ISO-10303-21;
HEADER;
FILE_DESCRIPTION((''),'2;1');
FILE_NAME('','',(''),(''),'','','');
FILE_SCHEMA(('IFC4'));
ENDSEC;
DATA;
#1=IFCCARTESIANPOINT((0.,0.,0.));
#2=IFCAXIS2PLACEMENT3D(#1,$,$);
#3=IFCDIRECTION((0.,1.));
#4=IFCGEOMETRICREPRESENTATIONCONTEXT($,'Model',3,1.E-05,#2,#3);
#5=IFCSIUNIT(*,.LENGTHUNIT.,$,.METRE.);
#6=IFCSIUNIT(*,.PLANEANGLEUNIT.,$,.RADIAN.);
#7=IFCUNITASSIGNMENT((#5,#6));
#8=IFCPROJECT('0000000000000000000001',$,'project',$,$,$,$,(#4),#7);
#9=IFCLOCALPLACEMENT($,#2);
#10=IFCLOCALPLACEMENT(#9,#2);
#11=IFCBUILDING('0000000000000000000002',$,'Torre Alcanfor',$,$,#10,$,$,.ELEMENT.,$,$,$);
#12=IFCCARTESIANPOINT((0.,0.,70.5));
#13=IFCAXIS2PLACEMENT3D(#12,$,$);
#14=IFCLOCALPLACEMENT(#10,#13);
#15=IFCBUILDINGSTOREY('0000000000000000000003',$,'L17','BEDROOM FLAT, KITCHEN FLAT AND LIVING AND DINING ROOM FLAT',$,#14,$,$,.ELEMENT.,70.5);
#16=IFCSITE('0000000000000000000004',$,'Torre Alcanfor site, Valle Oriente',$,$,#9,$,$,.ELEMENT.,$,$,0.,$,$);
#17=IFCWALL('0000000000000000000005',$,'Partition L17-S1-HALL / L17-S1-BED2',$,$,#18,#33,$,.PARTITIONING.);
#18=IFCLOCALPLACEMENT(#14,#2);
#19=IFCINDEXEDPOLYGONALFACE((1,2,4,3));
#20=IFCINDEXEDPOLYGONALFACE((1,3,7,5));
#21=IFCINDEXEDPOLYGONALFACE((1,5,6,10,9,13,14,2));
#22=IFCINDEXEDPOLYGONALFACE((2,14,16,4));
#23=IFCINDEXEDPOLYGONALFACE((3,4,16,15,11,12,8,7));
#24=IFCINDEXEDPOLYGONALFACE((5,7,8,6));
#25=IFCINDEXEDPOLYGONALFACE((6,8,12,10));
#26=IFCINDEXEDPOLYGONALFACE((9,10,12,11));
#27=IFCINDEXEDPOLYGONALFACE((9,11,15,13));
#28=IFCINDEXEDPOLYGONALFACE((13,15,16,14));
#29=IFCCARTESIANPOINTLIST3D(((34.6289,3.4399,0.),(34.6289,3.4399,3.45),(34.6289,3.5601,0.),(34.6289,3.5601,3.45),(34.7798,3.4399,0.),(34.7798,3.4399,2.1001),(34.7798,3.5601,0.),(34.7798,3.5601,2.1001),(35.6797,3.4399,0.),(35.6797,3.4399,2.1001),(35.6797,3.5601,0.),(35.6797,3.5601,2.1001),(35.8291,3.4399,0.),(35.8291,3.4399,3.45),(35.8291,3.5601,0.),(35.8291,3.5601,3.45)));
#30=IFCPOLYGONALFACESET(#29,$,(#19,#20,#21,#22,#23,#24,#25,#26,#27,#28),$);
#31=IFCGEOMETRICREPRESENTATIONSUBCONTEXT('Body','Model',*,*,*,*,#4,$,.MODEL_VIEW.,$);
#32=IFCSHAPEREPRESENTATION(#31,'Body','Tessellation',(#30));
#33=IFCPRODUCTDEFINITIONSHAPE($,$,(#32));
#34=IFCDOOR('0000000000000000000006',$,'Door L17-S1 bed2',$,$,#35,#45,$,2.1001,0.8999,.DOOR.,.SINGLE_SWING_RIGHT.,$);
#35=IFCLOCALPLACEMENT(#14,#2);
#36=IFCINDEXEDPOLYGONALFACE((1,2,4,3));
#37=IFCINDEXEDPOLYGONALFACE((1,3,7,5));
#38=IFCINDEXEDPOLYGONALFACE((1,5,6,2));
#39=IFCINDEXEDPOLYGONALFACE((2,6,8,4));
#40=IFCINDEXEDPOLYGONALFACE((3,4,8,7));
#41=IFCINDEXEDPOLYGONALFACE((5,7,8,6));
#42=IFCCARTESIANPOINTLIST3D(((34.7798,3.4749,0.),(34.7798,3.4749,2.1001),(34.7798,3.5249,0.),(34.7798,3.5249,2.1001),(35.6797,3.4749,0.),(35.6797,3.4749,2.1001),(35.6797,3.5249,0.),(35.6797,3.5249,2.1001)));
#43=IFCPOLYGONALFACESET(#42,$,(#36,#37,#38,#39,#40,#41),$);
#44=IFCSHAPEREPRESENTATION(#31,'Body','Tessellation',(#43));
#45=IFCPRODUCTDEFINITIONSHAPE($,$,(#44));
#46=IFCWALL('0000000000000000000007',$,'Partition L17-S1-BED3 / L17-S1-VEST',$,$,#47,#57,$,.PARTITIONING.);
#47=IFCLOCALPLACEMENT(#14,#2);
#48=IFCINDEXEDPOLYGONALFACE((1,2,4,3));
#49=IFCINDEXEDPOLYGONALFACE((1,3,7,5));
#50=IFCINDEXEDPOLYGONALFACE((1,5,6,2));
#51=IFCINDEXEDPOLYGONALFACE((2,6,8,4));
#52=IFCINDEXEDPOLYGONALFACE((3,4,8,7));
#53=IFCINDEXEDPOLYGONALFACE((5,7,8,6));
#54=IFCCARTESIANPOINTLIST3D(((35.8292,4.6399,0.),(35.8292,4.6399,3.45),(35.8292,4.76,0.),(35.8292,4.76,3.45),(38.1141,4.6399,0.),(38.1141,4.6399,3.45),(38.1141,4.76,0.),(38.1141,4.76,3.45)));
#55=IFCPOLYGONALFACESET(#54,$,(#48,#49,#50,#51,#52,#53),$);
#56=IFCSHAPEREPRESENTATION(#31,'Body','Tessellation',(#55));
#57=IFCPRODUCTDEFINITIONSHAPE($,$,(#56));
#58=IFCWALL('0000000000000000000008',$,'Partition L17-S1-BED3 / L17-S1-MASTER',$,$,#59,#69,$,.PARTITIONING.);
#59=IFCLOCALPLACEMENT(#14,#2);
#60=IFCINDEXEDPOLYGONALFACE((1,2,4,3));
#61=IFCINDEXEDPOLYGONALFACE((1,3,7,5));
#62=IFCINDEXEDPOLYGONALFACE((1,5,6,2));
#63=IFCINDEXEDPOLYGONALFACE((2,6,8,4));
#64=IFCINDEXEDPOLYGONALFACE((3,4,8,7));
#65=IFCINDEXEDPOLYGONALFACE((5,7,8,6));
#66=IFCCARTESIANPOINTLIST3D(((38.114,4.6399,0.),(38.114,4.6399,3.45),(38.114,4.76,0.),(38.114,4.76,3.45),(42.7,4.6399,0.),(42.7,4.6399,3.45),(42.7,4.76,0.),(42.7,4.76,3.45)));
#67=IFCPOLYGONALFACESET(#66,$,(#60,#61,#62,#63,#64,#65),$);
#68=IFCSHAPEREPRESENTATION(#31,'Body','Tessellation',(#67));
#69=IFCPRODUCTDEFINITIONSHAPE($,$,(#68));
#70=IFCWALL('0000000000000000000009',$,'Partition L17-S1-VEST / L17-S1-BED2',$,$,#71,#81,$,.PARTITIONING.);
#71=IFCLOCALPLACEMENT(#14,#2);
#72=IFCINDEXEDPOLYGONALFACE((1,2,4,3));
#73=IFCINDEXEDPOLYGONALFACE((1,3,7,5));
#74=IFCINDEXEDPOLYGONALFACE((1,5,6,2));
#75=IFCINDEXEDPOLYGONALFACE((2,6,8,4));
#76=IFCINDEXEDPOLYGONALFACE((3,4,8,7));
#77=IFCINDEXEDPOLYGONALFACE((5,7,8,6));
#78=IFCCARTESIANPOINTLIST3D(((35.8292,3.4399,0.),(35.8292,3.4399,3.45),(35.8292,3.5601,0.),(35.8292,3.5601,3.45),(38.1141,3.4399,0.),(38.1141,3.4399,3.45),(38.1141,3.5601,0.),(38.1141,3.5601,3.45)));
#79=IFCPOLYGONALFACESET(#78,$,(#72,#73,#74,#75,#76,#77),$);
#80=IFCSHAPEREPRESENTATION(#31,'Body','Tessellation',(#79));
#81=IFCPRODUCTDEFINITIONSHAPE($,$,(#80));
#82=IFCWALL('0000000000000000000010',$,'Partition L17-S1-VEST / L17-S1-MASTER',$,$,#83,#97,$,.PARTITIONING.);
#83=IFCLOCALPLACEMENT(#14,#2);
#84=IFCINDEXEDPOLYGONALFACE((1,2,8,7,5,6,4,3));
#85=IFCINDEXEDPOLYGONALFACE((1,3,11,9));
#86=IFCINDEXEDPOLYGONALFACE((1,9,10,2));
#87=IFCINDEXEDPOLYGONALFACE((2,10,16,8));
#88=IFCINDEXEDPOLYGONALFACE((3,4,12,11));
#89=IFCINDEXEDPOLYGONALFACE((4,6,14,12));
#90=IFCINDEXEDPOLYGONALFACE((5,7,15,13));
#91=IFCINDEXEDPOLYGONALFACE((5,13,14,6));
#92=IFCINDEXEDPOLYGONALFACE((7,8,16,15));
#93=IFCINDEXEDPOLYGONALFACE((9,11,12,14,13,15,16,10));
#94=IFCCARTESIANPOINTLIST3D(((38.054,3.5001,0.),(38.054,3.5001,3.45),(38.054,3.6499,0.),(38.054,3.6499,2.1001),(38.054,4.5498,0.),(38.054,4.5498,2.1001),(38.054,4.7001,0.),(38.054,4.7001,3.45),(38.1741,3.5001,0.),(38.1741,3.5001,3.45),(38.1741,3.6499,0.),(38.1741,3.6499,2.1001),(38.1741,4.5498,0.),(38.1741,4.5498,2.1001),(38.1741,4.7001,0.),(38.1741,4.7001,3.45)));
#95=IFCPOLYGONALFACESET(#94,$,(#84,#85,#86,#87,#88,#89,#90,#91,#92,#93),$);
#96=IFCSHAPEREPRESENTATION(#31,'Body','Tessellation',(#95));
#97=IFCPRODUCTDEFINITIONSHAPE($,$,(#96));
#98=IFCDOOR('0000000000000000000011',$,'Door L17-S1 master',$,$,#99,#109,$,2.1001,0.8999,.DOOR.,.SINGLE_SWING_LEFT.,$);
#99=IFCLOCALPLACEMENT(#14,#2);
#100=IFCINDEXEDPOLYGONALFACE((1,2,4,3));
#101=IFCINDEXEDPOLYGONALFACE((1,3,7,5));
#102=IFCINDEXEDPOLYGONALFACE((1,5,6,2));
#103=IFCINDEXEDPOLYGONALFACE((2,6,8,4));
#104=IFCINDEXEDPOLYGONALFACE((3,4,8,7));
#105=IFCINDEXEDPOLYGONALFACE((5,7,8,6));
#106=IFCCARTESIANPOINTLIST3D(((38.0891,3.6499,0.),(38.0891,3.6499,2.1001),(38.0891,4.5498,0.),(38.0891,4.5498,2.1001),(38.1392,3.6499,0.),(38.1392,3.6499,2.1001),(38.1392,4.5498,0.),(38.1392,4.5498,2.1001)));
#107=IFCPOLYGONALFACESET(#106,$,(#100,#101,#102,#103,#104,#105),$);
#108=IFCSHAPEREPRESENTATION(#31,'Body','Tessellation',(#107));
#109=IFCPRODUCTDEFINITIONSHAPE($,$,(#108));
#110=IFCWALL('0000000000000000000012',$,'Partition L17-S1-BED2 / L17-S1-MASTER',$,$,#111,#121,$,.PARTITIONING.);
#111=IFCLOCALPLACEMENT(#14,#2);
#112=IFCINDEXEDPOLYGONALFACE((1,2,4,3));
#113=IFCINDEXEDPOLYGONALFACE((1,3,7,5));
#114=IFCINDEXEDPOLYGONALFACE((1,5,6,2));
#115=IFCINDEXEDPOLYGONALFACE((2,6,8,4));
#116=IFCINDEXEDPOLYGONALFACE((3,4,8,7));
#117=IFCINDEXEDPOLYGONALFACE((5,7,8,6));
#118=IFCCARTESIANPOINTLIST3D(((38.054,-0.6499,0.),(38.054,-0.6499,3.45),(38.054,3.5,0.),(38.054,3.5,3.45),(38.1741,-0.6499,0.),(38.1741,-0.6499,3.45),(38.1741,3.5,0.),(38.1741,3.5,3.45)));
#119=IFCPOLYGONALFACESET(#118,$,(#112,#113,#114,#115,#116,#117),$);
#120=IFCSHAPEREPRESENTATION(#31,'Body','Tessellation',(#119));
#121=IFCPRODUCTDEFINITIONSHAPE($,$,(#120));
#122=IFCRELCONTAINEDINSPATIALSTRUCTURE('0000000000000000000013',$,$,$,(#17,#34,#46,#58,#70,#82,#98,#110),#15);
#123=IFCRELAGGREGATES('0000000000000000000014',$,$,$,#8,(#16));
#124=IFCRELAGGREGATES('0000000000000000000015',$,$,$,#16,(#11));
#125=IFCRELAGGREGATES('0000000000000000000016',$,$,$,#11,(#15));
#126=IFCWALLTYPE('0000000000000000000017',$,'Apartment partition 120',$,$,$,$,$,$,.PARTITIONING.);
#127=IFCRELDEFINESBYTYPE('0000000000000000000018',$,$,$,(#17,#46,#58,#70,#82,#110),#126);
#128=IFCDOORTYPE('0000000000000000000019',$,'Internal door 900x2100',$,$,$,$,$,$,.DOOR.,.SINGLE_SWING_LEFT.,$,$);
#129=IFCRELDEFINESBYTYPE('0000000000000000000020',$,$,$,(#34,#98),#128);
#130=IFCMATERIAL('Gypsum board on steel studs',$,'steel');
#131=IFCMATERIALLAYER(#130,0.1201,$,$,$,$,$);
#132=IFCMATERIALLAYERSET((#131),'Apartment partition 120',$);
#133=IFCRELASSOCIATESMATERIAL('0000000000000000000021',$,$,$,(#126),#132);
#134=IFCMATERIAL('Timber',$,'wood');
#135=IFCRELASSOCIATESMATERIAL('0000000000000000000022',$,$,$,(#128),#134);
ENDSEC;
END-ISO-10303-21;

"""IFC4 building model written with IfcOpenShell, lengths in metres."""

from ifc_helpers import new_model, si_unit, direction, frame, frame_2d, origin, place, context, subcontext, project, spatial, rectangle, extrude, material, layer, layer_set, type_object, element, fill, save


model = new_model("IFC4")

# Units and contexts
model_context = context("Model", 3, precision=1e-05, world=origin(), true_north=direction((0.0, 1.0)))
body_context = subcontext(model_context, "Body", "Model", "MODEL_VIEW")
ifc_project = project(units=[si_unit("LENGTHUNIT", "METRE"), si_unit("PLANEANGLEUNIT", "RADIAN")], contexts=[model_context])

# Site, building, storey
site_placement = place(None, origin())
site = spatial("IfcSite", under=ifc_project, at=site_placement, Name="Torre Alcanfor site, Valle Oriente", CompositionType="ELEMENT", RefElevation=0.0)
building_placement = place(site_placement, origin())
building = spatial("IfcBuilding", under=site, at=building_placement, Name="Torre Alcanfor", CompositionType="ELEMENT")
storey_placement = place(building_placement, frame((0.0, 0.0, 70.5)))
storey = spatial("IfcBuildingStorey", under=building, at=storey_placement, Name="L17", Description="BEDROOM FLAT, KITCHEN FLAT AND LIVING AND DINING ROOM FLAT", CompositionType="ELEMENT", Elevation=70.5)

# Shared definitions
ifc_material_1 = material(Name="Gypsum board on steel studs", Category="steel")
ifc_layer_1 = layer(ifc_material_1, 0.1201)
ifc_layer_set_1 = layer_set([ifc_layer_1], Name="Apartment partition 120")
wall_type_1 = type_object("IfcWallType", Name="Apartment partition 120", PredefinedType="PARTITIONING", material=ifc_layer_set_1)

# Wall, opening, door
ifc_material_2 = material(Name="Timber", Category="wood")
door_type = type_object("IfcDoorType", Name="Internal door 900x2100", OperationType="SINGLE_SWING_LEFT", PredefinedType="DOOR", material=ifc_material_2)
wall_1_placement = place(storey_placement, frame((34.6289, 3.5, 0.0), z_axis=(0.0, 0.0, 1.0), x_axis=(1.0, 0.0, 0.0)))
wall_1 = element("IfcWall", 1, at=wall_1_placement, inside=storey, type_object=wall_type_1, Name="Partition L17-S1-HALL / L17-S1-BED2", PredefinedType="PARTITIONING", context=body_context, shape_type="SweptSolid", body=[
    extrude(rectangle(XDim=1.2002, YDim=0.1201, at=frame_2d((0.6001, 0.0))), origin(), (0.0, 0.0, 1.0), 3.45),
])
opening_1_placement = place(wall_1_placement, frame((0.1509, 0.0, 0.0)))
opening_1 = element("IfcOpeningElement", 2, at=opening_1_placement, cuts=wall_1, PredefinedType="OPENING", context=body_context, shape_type="SweptSolid", body=[
    extrude(rectangle(XDim=0.8999, YDim=2.1001, at=frame_2d((0.45, 1.05))), frame((0.0, 0.0701, 0.0), z_axis=(0.0, -1.0, 0.0), x_axis=(1.0, 0.0, 0.0)), (0.0, 0.0, 1.0), 0.1401),
])
door_1_placement = place(opening_1_placement, frame((0.8999, 0.0, 0.0), z_axis=(0.0, 0.0, 1.0), x_axis=(-1.0, 0.0, 0.0)))
door_1 = element("IfcDoor", 3, at=door_1_placement, inside=storey, type_object=door_type, Name="Door L17-S1 bed2", OperationType="SINGLE_SWING_RIGHT", OverallHeight=2.1001, OverallWidth=0.8999, PredefinedType="DOOR", context=body_context, shape_type="SweptSolid", body=[
    extrude(rectangle(XDim=0.8999, YDim=2.1001, at=frame_2d((0.45, 1.05))), frame((0.0, 0.0251, 0.0), z_axis=(0.0, -1.0, 0.0), x_axis=(1.0, 0.0, 0.0)), (0.0, 0.0, 1.0), 0.05),
])
fill(opening_1, door_1)

# Walls
wall_2_placement = place(storey_placement, frame((35.8291, 4.7, 0.0), z_axis=(0.0, 0.0, 1.0), x_axis=(1.0, 0.0, 0.0)))
element("IfcWall", 4, at=wall_2_placement, inside=storey, type_object=wall_type_1, Name="Partition L17-S1-BED3 / L17-S1-VEST", PredefinedType="PARTITIONING", context=body_context, shape_type="SweptSolid", body=[
    extrude(rectangle(XDim=2.2849, YDim=0.1201, at=frame_2d((1.1426, 0.0))), origin(), (0.0, 0.0, 1.0), 3.45),
])
wall_3_placement = place(storey_placement, frame((38.114, 4.7, 0.0), z_axis=(0.0, 0.0, 1.0), x_axis=(1.0, 0.0, 0.0)))
element("IfcWall", 5, at=wall_3_placement, inside=storey, type_object=wall_type_1, Name="Partition L17-S1-BED3 / L17-S1-MASTER", PredefinedType="PARTITIONING", context=body_context, shape_type="SweptSolid", body=[
    extrude(rectangle(XDim=4.5859, YDim=0.1201, at=frame_2d((2.293, 0.0))), origin(), (0.0, 0.0, 1.0), 3.45),
])
wall_4_placement = place(storey_placement, frame((35.8291, 3.5, 0.0), z_axis=(0.0, 0.0, 1.0), x_axis=(1.0, 0.0, 0.0)))
element("IfcWall", 6, at=wall_4_placement, inside=storey, type_object=wall_type_1, Name="Partition L17-S1-VEST / L17-S1-BED2", PredefinedType="PARTITIONING", context=body_context, shape_type="SweptSolid", body=[
    extrude(rectangle(XDim=2.2849, YDim=0.1201, at=frame_2d((1.1426, 0.0))), origin(), (0.0, 0.0, 1.0), 3.45),
])

# Wall, opening, door
wall_5_placement = place(storey_placement, frame((38.114, 3.5, 0.0), z_axis=(0.0, 0.0, 1.0), x_axis=(0.0, 1.0, 0.0)))
wall_5 = element("IfcWall", 7, at=wall_5_placement, inside=storey, type_object=wall_type_1, Name="Partition L17-S1-VEST / L17-S1-MASTER", PredefinedType="PARTITIONING", context=body_context, shape_type="SweptSolid", body=[
    extrude(rectangle(XDim=1.2, YDim=0.1201, at=frame_2d((0.6001, 0.0))), origin(), (0.0, 0.0, 1.0), 3.45),
])
opening_2_placement = place(wall_5_placement, frame((0.1499, 0.0, 0.0)))
opening_2 = element("IfcOpeningElement", 8, at=opening_2_placement, cuts=wall_5, PredefinedType="OPENING", context=body_context, shape_type="SweptSolid", body=[
    extrude(rectangle(XDim=0.8999, YDim=2.1001, at=frame_2d((0.45, 1.05))), frame((0.0, 0.0701, 0.0), z_axis=(0.0, -1.0, 0.0), x_axis=(1.0, 0.0, 0.0)), (0.0, 0.0, 1.0), 0.1401),
])
door_2_placement = place(opening_2_placement, origin())
door_2 = element("IfcDoor", 9, at=door_2_placement, inside=storey, type_object=door_type, Name="Door L17-S1 master", OperationType="SINGLE_SWING_LEFT", OverallHeight=2.1001, OverallWidth=0.8999, PredefinedType="DOOR", context=body_context, shape_type="SweptSolid", body=[
    extrude(rectangle(XDim=0.8999, YDim=2.1001, at=frame_2d((0.45, 1.05))), frame((0.0, 0.0249, 0.0), z_axis=(0.0, -1.0, 0.0), x_axis=(1.0, 0.0, 0.0)), (0.0, 0.0, 1.0), 0.05),
])
fill(opening_2, door_2)

# Wall
wall_6_placement = place(storey_placement, frame((38.114, -0.6499, 0.0), z_axis=(0.0, 0.0, 1.0), x_axis=(0.0, 1.0, 0.0)))
element("IfcWall", 10, at=wall_6_placement, inside=storey, type_object=wall_type_1, Name="Partition L17-S1-BED2 / L17-S1-MASTER", PredefinedType="PARTITIONING", context=body_context, shape_type="SweptSolid", body=[
    extrude(rectangle(XDim=4.1499, YDim=0.1201, at=frame_2d((2.075, 0.0))), origin(), (0.0, 0.0, 1.0), 3.45),
])

save(model, "model.ifc")
